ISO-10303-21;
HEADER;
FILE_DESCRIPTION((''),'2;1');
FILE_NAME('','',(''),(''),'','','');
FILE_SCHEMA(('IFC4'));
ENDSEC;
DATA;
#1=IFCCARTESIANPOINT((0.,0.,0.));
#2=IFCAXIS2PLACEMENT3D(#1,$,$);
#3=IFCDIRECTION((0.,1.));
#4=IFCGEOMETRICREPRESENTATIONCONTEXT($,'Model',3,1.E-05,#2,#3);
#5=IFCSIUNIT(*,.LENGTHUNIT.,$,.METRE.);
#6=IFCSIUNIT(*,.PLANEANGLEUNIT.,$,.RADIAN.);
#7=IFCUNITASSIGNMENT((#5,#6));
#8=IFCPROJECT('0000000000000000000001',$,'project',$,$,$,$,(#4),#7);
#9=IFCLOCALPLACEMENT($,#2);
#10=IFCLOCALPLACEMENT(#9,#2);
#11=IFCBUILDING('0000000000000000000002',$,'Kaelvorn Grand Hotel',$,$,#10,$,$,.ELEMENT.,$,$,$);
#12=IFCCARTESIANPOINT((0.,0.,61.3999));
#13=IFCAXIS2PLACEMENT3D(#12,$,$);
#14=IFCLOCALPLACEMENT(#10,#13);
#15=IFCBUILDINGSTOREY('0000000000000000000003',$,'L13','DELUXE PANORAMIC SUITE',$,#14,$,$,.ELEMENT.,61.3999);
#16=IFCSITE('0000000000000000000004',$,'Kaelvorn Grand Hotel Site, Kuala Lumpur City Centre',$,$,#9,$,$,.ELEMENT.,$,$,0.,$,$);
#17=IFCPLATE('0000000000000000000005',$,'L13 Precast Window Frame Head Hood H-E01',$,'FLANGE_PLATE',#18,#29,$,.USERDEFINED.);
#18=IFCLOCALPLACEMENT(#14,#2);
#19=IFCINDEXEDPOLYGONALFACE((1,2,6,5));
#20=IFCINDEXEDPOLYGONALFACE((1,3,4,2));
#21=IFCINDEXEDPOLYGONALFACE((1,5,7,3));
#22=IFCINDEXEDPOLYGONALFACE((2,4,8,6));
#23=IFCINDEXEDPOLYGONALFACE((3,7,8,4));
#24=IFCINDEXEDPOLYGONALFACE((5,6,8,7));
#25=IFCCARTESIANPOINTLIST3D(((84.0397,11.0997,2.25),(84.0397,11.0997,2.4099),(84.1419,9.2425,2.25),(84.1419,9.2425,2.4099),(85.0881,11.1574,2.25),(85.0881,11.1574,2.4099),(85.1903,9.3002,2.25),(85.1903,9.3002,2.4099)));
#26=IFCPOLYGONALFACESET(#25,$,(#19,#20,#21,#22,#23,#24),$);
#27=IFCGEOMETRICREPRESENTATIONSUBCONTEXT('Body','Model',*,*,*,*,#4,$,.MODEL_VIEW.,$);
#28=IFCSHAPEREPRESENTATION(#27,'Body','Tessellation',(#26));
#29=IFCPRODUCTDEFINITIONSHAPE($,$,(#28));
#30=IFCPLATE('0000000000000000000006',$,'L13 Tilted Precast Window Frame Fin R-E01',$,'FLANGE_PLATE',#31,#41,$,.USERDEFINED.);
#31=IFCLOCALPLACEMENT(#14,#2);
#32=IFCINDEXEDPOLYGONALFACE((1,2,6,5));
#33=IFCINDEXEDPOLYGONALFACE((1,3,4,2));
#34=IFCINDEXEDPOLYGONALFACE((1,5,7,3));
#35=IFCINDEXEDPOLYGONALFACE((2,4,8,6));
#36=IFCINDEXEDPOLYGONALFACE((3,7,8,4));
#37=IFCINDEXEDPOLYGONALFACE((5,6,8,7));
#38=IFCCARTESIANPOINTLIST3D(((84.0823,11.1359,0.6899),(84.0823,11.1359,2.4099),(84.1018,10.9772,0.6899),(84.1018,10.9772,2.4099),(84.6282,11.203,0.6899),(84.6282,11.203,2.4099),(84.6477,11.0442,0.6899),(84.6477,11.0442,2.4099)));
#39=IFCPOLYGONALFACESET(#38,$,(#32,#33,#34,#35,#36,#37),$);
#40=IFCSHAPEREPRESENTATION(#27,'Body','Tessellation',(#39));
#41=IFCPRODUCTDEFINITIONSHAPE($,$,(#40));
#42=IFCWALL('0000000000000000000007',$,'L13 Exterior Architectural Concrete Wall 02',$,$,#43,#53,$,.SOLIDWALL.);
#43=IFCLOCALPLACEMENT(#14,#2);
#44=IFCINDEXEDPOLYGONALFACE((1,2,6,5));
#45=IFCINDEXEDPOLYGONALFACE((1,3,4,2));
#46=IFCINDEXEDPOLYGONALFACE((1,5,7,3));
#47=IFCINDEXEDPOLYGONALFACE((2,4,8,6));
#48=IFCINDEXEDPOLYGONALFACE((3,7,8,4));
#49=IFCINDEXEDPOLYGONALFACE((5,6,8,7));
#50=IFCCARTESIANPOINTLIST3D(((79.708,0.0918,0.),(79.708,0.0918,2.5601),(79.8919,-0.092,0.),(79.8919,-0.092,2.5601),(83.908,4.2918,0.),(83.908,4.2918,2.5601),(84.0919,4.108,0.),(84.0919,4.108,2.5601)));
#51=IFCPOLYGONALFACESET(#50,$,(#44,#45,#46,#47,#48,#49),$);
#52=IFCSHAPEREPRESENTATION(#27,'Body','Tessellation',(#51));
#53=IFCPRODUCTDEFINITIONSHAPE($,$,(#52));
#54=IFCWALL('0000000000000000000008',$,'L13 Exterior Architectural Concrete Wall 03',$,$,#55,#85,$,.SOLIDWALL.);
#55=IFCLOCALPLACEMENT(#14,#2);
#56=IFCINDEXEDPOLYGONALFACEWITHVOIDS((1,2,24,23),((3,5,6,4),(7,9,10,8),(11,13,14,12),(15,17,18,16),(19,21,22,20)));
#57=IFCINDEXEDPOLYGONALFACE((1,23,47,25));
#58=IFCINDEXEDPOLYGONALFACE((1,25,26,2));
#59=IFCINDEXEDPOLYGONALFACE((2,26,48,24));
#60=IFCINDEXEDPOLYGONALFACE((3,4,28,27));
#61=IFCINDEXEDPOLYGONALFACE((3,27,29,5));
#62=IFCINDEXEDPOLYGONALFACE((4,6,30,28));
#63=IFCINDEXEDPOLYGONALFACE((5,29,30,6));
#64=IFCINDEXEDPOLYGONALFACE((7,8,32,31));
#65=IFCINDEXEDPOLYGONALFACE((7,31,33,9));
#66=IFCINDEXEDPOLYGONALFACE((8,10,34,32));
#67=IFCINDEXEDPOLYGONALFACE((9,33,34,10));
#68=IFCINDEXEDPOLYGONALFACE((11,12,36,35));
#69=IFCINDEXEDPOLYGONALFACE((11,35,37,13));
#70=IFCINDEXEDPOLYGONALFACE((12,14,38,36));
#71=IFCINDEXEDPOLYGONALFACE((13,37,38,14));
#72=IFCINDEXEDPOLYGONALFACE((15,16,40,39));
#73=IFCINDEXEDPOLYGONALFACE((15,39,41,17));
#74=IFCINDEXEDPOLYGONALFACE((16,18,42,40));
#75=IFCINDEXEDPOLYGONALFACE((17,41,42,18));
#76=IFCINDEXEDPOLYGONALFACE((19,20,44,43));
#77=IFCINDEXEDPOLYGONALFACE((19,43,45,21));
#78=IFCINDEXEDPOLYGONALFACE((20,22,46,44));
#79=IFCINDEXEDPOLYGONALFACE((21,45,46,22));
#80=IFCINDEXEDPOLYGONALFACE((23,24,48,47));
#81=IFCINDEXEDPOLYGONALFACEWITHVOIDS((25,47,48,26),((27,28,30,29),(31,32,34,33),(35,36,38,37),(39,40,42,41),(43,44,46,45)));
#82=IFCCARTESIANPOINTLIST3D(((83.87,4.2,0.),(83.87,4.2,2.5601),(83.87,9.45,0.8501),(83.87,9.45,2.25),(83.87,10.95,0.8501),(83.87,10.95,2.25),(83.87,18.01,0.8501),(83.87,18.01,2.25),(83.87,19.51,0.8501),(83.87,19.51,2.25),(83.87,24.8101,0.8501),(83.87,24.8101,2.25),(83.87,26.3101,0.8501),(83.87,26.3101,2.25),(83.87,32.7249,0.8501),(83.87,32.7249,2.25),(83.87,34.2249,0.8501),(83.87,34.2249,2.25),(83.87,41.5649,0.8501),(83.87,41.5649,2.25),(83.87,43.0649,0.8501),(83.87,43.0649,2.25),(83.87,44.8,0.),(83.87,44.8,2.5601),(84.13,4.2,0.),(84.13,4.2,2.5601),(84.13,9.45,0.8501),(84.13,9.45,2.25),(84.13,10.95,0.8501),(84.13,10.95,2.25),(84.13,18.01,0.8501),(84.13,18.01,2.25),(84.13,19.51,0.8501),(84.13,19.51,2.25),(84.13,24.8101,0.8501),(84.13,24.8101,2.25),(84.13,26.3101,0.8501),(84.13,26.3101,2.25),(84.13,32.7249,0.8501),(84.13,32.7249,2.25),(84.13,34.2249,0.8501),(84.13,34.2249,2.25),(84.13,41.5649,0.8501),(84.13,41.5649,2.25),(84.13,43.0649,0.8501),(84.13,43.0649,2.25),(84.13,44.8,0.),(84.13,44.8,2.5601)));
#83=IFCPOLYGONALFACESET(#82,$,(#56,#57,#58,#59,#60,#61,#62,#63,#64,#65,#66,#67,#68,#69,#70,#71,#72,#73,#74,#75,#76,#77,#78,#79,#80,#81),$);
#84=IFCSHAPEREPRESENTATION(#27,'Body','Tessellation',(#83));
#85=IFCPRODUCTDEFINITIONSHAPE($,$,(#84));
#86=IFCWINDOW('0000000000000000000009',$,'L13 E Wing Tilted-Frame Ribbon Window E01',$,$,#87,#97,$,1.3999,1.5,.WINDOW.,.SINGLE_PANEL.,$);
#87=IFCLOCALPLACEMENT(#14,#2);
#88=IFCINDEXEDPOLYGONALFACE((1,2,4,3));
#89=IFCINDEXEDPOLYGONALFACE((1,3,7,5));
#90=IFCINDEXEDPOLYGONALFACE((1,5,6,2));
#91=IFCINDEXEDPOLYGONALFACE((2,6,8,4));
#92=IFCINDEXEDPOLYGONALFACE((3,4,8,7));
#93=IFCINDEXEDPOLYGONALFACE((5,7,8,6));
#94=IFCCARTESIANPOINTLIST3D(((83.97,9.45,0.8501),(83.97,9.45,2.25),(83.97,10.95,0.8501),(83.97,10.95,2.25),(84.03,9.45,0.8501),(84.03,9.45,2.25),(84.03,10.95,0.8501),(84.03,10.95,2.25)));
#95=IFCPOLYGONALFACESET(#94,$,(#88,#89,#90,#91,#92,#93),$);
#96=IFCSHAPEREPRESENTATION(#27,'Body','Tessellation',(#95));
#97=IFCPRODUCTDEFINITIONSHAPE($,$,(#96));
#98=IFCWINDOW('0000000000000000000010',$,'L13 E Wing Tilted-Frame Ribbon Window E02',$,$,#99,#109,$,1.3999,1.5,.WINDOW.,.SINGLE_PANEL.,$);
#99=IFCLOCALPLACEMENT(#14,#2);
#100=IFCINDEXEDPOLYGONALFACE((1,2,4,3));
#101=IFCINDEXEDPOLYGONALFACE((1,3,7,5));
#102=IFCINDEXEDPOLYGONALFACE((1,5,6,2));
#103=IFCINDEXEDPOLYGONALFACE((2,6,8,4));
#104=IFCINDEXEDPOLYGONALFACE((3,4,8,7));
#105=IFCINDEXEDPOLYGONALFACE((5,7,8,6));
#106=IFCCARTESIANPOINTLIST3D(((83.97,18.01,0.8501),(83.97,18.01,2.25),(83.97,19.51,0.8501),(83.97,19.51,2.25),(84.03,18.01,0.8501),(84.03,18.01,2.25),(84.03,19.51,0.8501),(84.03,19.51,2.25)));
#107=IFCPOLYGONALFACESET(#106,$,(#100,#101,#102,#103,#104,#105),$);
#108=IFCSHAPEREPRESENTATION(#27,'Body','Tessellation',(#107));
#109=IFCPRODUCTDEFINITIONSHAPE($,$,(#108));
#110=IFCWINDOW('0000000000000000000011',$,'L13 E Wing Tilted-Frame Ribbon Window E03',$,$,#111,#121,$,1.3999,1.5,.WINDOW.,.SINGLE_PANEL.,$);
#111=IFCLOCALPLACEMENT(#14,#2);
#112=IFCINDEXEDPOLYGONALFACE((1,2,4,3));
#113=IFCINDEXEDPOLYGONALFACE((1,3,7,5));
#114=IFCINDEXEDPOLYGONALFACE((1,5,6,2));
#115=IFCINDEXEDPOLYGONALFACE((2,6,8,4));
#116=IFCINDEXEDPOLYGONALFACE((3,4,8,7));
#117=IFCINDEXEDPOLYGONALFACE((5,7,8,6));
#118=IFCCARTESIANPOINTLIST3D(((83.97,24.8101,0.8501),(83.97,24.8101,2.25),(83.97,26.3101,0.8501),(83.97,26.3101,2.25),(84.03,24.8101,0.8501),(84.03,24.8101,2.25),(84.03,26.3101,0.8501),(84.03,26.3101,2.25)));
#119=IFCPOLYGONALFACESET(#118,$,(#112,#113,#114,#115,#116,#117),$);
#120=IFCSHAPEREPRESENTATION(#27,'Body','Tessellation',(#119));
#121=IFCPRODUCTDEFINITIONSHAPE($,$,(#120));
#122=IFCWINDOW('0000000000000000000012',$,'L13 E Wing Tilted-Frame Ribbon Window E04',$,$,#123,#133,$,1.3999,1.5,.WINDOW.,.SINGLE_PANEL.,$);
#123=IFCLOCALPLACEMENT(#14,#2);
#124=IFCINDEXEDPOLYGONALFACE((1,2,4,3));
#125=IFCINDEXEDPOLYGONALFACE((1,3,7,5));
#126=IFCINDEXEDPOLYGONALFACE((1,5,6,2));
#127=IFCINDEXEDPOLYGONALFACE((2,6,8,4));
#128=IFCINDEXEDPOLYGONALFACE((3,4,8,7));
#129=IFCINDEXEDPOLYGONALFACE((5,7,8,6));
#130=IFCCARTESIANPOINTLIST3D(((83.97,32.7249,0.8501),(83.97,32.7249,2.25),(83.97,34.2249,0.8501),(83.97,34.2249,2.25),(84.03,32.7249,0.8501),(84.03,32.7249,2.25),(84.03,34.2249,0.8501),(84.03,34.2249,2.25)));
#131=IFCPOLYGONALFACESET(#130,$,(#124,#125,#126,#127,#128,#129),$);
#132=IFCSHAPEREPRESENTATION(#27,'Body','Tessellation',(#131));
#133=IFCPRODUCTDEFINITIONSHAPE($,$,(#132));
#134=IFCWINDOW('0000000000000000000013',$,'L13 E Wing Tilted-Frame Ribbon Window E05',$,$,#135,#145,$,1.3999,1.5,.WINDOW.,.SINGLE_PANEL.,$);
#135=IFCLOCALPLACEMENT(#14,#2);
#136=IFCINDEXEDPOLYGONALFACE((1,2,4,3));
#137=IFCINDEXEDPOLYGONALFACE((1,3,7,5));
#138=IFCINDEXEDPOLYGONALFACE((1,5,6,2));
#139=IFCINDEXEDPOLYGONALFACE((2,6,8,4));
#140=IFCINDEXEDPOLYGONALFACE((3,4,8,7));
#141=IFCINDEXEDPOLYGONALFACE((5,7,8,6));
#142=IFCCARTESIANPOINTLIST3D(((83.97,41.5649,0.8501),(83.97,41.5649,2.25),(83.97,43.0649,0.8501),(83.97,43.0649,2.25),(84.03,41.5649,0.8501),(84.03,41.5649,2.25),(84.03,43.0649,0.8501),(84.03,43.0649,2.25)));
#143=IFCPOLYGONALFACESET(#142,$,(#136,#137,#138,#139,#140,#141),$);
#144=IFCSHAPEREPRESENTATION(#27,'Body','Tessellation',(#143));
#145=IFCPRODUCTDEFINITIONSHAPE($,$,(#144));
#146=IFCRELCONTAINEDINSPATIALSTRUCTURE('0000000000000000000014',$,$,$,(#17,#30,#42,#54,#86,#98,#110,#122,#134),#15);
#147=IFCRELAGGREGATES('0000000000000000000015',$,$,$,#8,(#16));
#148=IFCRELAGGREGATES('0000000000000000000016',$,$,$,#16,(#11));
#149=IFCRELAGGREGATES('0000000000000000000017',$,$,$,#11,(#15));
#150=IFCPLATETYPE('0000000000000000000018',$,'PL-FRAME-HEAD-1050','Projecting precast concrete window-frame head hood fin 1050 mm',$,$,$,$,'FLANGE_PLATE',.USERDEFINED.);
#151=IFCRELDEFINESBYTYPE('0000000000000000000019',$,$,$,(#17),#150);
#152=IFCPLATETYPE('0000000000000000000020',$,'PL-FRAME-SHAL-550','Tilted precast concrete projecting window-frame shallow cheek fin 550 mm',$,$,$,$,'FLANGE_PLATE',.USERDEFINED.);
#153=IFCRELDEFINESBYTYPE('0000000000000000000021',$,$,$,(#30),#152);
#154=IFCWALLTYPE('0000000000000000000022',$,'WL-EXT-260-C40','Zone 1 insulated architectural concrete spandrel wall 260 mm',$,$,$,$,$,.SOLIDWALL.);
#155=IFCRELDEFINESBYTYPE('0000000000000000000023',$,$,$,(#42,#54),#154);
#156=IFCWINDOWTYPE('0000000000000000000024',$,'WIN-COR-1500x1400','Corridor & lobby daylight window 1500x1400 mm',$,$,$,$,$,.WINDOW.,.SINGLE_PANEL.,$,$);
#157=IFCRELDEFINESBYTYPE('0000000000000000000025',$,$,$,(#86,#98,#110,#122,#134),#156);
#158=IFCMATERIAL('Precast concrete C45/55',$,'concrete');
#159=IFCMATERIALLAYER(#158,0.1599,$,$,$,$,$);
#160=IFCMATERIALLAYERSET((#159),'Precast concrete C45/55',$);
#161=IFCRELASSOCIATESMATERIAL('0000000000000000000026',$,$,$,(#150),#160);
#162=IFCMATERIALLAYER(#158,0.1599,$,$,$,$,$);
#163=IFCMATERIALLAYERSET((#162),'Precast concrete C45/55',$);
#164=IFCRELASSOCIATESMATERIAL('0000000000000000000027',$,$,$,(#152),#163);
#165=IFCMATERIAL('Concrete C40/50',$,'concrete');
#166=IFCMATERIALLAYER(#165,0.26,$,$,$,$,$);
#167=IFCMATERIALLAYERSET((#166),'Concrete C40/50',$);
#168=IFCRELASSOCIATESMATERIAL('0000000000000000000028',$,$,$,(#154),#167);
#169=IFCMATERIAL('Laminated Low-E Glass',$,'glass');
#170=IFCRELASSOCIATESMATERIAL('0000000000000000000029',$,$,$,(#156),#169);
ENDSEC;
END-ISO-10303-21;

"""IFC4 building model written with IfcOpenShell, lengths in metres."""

from ifc_helpers import new_model, si_unit, direction, frame, frame_2d, origin, origin_2d, place, context, subcontext, project, spatial, rectangle, extrude, material, layer, layer_set, type_object, element, fill, save


model = new_model("IFC4")

# Units and contexts
model_context = context("Model", 3, precision=1e-05, world=origin(), true_north=direction((0.0, 1.0)))
body_context = subcontext(model_context, "Body", "Model", "MODEL_VIEW")
ifc_project = project(units=[si_unit("LENGTHUNIT", "METRE"), si_unit("PLANEANGLEUNIT", "RADIAN")], contexts=[model_context])

# Site, building, storey
site_placement = place(None, origin())
site = spatial("IfcSite", under=ifc_project, at=site_placement, Name="Kaelvorn Grand Hotel Site, Kuala Lumpur City Centre", CompositionType="ELEMENT", RefElevation=0.0)
building_placement = place(site_placement, origin())
building = spatial("IfcBuilding", under=site, at=building_placement, Name="Kaelvorn Grand Hotel", CompositionType="ELEMENT")
storey_placement = place(building_placement, frame((0.0, 0.0, 61.3999)))
storey = spatial("IfcBuildingStorey", under=building, at=storey_placement, Name="L13", Description="DELUXE PANORAMIC SUITE", CompositionType="ELEMENT", Elevation=61.3999)

# Plates
ifc_material_1 = material(Name="Precast concrete C45/55", Category="concrete")
ifc_layer_1 = layer(ifc_material_1, 0.1599)
ifc_layer_set_1 = layer_set([ifc_layer_1], Name="Precast concrete C45/55")
plate_type_1 = type_object("IfcPlateType", Name="PL-FRAME-HEAD-1050", Description="Projecting precast concrete window-frame head hood fin 1050 mm", ElementType="FLANGE_PLATE", PredefinedType="USERDEFINED", material=ifc_layer_set_1)
plate_1_placement = place(storey_placement, frame((84.615, 10.2, 2.25), z_axis=(0.0, 0.0, 1.0), x_axis=(-0.05495, 0.998489, 0.0)))
element("IfcPlate", 1, at=plate_1_placement, inside=storey, type_object=plate_type_1, Name="L13 Precast Window Frame Head Hood H-E01", ObjectType="FLANGE_PLATE", PredefinedType="USERDEFINED", context=body_context, shape_type="SweptSolid", body=[
    extrude(rectangle(XDim=1.8601, YDim=1.05, at=origin_2d()), origin(), (0.0, 0.0, 1.0), 0.1599),
])
ifc_layer_2 = layer(ifc_material_1, 0.1599)
ifc_layer_set_2 = layer_set([ifc_layer_2], Name="Precast concrete C45/55")
plate_type_2 = type_object("IfcPlateType", Name="PL-FRAME-SHAL-550", Description="Tilted precast concrete projecting window-frame shallow cheek fin 550 mm", ElementType="FLANGE_PLATE", PredefinedType="USERDEFINED", material=ifc_layer_set_2)
plate_2_placement = place(storey_placement, frame((84.365, 11.0901, 0.6899), z_axis=(0.0, 0.0, 1.0), x_axis=(-0.121869, 0.992546, 0.0)))
element("IfcPlate", 2, at=plate_2_placement, inside=storey, type_object=plate_type_2, Name="L13 Tilted Precast Window Frame Fin R-E01", ObjectType="FLANGE_PLATE", PredefinedType="USERDEFINED", context=body_context, shape_type="SweptSolid", body=[
    extrude(rectangle(XDim=0.1599, YDim=0.55, at=origin_2d()), origin(), (0.0, 0.0, 1.0), 1.72),
])

# Wall
ifc_material_2 = material(Name="Concrete C40/50", Category="concrete")
ifc_layer_3 = layer(ifc_material_2, 0.26)
ifc_layer_set_3 = layer_set([ifc_layer_3], Name="Concrete C40/50")
wall_type = type_object("IfcWallType", Name="WL-EXT-260-C40", Description="Zone 1 insulated architectural concrete spandrel wall 260 mm", PredefinedType="SOLIDWALL", material=ifc_layer_set_3)
wall_1_placement = place(storey_placement, frame((79.8, 0.0, 0.0), z_axis=(0.0, 0.0, 1.0), x_axis=(0.707107, 0.707107, 0.0)))
element("IfcWall", 3, at=wall_1_placement, inside=storey, type_object=wall_type, Name="L13 Exterior Architectural Concrete Wall 02", PredefinedType="SOLIDWALL", context=body_context, shape_type="SweptSolid", body=[
    extrude(rectangle(XDim=5.9397, YDim=0.26, at=frame_2d((2.9697, 0.0))), origin(), (0.0, 0.0, 1.0), 2.5601),
])

# Wall, openings, windows
wall_2_placement = place(storey_placement, frame((84.0, 4.2, 0.0), z_axis=(0.0, 0.0, 1.0), x_axis=(0.0, 1.0, 0.0)))
wall_2 = element("IfcWall", 4, at=wall_2_placement, inside=storey, type_object=wall_type, Name="L13 Exterior Architectural Concrete Wall 03", PredefinedType="SOLIDWALL", context=body_context, shape_type="SweptSolid", body=[
    extrude(rectangle(XDim=40.6001, YDim=0.26, at=frame_2d((20.3, 0.0))), origin(), (0.0, 0.0, 1.0), 2.5601),
])
opening_1_placement = place(wall_2_placement, frame((5.25, 0.0, 0.8501)))
opening_1 = element("IfcOpeningElement", 5, at=opening_1_placement, cuts=wall_2, PredefinedType="OPENING", context=body_context, shape_type="SweptSolid", body=[
    extrude(rectangle(XDim=1.5, YDim=1.3999, at=frame_2d((0.75, 0.7))), frame((0.0, 0.1401, 0.0), z_axis=(0.0, -1.0, 0.0), x_axis=(1.0, 0.0, 0.0)), (0.0, 0.0, 1.0), 0.28),
])
opening_2_placement = place(wall_2_placement, frame((13.8101, 0.0, 0.8501)))
opening_2 = element("IfcOpeningElement", 6, at=opening_2_placement, cuts=wall_2, PredefinedType="OPENING", context=body_context, shape_type="SweptSolid", body=[
    extrude(rectangle(XDim=1.5, YDim=1.3999, at=frame_2d((0.75, 0.7))), frame((0.0, 0.1401, 0.0), z_axis=(0.0, -1.0, 0.0), x_axis=(1.0, 0.0, 0.0)), (0.0, 0.0, 1.0), 0.28),
])
opening_3_placement = place(wall_2_placement, frame((20.6101, 0.0, 0.8501)))
opening_3 = element("IfcOpeningElement", 7, at=opening_3_placement, cuts=wall_2, PredefinedType="OPENING", context=body_context, shape_type="SweptSolid", body=[
    extrude(rectangle(XDim=1.5, YDim=1.3999, at=frame_2d((0.75, 0.7))), frame((0.0, 0.1401, 0.0), z_axis=(0.0, -1.0, 0.0), x_axis=(1.0, 0.0, 0.0)), (0.0, 0.0, 1.0), 0.28),
])
opening_4_placement = place(wall_2_placement, frame((28.5249, 0.0, 0.8501)))
opening_4 = element("IfcOpeningElement", 8, at=opening_4_placement, cuts=wall_2, PredefinedType="OPENING", context=body_context, shape_type="SweptSolid", body=[
    extrude(rectangle(XDim=1.5, YDim=1.3999, at=frame_2d((0.75, 0.7))), frame((0.0, 0.1401, 0.0), z_axis=(0.0, -1.0, 0.0), x_axis=(1.0, 0.0, 0.0)), (0.0, 0.0, 1.0), 0.28),
])
opening_5_placement = place(wall_2_placement, frame((37.365, 0.0, 0.8501)))
opening_5 = element("IfcOpeningElement", 9, at=opening_5_placement, cuts=wall_2, PredefinedType="OPENING", context=body_context, shape_type="SweptSolid", body=[
    extrude(rectangle(XDim=1.5, YDim=1.3999, at=frame_2d((0.75, 0.7))), frame((0.0, 0.1401, 0.0), z_axis=(0.0, -1.0, 0.0), x_axis=(1.0, 0.0, 0.0)), (0.0, 0.0, 1.0), 0.28),
])
ifc_material_3 = material(Name="Laminated Low-E Glass", Category="glass")
window_type = type_object("IfcWindowType", Name="WIN-COR-1500x1400", Description="Corridor & lobby daylight window 1500x1400 mm", PartitioningType="SINGLE_PANEL", PredefinedType="WINDOW", material=ifc_material_3)
window_1_placement = place(opening_1_placement, origin())
window_1 = element("IfcWindow", 10, at=window_1_placement, inside=storey, type_object=window_type, Name="L13 E Wing Tilted-Frame Ribbon Window E01", OverallHeight=1.3999, OverallWidth=1.5, PartitioningType="SINGLE_PANEL", PredefinedType="WINDOW", context=body_context, shape_type="SweptSolid", body=[
    extrude(rectangle(XDim=1.5, YDim=1.3999, at=frame_2d((0.75, 0.7))), frame((0.0, 0.03, 0.0), z_axis=(0.0, -1.0, 0.0), x_axis=(1.0, 0.0, 0.0)), (0.0, 0.0, 1.0), 0.0601),
])
fill(opening_1, window_1)
window_2_placement = place(opening_2_placement, origin())
window_2 = element("IfcWindow", 11, at=window_2_placement, inside=storey, type_object=window_type, Name="L13 E Wing Tilted-Frame Ribbon Window E02", OverallHeight=1.3999, OverallWidth=1.5, PartitioningType="SINGLE_PANEL", PredefinedType="WINDOW", context=body_context, shape_type="SweptSolid", body=[
    extrude(rectangle(XDim=1.5, YDim=1.3999, at=frame_2d((0.75, 0.7))), frame((0.0, 0.03, 0.0), z_axis=(0.0, -1.0, 0.0), x_axis=(1.0, 0.0, 0.0)), (0.0, 0.0, 1.0), 0.0601),
])
fill(opening_2, window_2)
window_3_placement = place(opening_3_placement, origin())
window_3 = element("IfcWindow", 12, at=window_3_placement, inside=storey, type_object=window_type, Name="L13 E Wing Tilted-Frame Ribbon Window E03", OverallHeight=1.3999, OverallWidth=1.5, PartitioningType="SINGLE_PANEL", PredefinedType="WINDOW", context=body_context, shape_type="SweptSolid", body=[
    extrude(rectangle(XDim=1.5, YDim=1.3999, at=frame_2d((0.75, 0.7))), frame((0.0, 0.03, 0.0), z_axis=(0.0, -1.0, 0.0), x_axis=(1.0, 0.0, 0.0)), (0.0, 0.0, 1.0), 0.0601),
])
fill(opening_3, window_3)
window_4_placement = place(opening_4_placement, origin())
window_4 = element("IfcWindow", 13, at=window_4_placement, inside=storey, type_object=window_type, Name="L13 E Wing Tilted-Frame Ribbon Window E04", OverallHeight=1.3999, OverallWidth=1.5, PartitioningType="SINGLE_PANEL", PredefinedType="WINDOW", context=body_context, shape_type="SweptSolid", body=[
    extrude(rectangle(XDim=1.5, YDim=1.3999, at=frame_2d((0.75, 0.7))), frame((0.0, 0.03, 0.0), z_axis=(0.0, -1.0, 0.0), x_axis=(1.0, 0.0, 0.0)), (0.0, 0.0, 1.0), 0.0601),
])
fill(opening_4, window_4)
window_5_placement = place(opening_5_placement, origin())
window_5 = element("IfcWindow", 14, at=window_5_placement, inside=storey, type_object=window_type, Name="L13 E Wing Tilted-Frame Ribbon Window E05", OverallHeight=1.3999, OverallWidth=1.5, PartitioningType="SINGLE_PANEL", PredefinedType="WINDOW", context=body_context, shape_type="SweptSolid", body=[
    extrude(rectangle(XDim=1.5, YDim=1.3999, at=frame_2d((0.75, 0.7))), frame((0.0, 0.03, 0.0), z_axis=(0.0, -1.0, 0.0), x_axis=(1.0, 0.0, 0.0)), (0.0, 0.0, 1.0), 0.0601),
])
fill(opening_5, window_5)

save(model, "model.ifc")
